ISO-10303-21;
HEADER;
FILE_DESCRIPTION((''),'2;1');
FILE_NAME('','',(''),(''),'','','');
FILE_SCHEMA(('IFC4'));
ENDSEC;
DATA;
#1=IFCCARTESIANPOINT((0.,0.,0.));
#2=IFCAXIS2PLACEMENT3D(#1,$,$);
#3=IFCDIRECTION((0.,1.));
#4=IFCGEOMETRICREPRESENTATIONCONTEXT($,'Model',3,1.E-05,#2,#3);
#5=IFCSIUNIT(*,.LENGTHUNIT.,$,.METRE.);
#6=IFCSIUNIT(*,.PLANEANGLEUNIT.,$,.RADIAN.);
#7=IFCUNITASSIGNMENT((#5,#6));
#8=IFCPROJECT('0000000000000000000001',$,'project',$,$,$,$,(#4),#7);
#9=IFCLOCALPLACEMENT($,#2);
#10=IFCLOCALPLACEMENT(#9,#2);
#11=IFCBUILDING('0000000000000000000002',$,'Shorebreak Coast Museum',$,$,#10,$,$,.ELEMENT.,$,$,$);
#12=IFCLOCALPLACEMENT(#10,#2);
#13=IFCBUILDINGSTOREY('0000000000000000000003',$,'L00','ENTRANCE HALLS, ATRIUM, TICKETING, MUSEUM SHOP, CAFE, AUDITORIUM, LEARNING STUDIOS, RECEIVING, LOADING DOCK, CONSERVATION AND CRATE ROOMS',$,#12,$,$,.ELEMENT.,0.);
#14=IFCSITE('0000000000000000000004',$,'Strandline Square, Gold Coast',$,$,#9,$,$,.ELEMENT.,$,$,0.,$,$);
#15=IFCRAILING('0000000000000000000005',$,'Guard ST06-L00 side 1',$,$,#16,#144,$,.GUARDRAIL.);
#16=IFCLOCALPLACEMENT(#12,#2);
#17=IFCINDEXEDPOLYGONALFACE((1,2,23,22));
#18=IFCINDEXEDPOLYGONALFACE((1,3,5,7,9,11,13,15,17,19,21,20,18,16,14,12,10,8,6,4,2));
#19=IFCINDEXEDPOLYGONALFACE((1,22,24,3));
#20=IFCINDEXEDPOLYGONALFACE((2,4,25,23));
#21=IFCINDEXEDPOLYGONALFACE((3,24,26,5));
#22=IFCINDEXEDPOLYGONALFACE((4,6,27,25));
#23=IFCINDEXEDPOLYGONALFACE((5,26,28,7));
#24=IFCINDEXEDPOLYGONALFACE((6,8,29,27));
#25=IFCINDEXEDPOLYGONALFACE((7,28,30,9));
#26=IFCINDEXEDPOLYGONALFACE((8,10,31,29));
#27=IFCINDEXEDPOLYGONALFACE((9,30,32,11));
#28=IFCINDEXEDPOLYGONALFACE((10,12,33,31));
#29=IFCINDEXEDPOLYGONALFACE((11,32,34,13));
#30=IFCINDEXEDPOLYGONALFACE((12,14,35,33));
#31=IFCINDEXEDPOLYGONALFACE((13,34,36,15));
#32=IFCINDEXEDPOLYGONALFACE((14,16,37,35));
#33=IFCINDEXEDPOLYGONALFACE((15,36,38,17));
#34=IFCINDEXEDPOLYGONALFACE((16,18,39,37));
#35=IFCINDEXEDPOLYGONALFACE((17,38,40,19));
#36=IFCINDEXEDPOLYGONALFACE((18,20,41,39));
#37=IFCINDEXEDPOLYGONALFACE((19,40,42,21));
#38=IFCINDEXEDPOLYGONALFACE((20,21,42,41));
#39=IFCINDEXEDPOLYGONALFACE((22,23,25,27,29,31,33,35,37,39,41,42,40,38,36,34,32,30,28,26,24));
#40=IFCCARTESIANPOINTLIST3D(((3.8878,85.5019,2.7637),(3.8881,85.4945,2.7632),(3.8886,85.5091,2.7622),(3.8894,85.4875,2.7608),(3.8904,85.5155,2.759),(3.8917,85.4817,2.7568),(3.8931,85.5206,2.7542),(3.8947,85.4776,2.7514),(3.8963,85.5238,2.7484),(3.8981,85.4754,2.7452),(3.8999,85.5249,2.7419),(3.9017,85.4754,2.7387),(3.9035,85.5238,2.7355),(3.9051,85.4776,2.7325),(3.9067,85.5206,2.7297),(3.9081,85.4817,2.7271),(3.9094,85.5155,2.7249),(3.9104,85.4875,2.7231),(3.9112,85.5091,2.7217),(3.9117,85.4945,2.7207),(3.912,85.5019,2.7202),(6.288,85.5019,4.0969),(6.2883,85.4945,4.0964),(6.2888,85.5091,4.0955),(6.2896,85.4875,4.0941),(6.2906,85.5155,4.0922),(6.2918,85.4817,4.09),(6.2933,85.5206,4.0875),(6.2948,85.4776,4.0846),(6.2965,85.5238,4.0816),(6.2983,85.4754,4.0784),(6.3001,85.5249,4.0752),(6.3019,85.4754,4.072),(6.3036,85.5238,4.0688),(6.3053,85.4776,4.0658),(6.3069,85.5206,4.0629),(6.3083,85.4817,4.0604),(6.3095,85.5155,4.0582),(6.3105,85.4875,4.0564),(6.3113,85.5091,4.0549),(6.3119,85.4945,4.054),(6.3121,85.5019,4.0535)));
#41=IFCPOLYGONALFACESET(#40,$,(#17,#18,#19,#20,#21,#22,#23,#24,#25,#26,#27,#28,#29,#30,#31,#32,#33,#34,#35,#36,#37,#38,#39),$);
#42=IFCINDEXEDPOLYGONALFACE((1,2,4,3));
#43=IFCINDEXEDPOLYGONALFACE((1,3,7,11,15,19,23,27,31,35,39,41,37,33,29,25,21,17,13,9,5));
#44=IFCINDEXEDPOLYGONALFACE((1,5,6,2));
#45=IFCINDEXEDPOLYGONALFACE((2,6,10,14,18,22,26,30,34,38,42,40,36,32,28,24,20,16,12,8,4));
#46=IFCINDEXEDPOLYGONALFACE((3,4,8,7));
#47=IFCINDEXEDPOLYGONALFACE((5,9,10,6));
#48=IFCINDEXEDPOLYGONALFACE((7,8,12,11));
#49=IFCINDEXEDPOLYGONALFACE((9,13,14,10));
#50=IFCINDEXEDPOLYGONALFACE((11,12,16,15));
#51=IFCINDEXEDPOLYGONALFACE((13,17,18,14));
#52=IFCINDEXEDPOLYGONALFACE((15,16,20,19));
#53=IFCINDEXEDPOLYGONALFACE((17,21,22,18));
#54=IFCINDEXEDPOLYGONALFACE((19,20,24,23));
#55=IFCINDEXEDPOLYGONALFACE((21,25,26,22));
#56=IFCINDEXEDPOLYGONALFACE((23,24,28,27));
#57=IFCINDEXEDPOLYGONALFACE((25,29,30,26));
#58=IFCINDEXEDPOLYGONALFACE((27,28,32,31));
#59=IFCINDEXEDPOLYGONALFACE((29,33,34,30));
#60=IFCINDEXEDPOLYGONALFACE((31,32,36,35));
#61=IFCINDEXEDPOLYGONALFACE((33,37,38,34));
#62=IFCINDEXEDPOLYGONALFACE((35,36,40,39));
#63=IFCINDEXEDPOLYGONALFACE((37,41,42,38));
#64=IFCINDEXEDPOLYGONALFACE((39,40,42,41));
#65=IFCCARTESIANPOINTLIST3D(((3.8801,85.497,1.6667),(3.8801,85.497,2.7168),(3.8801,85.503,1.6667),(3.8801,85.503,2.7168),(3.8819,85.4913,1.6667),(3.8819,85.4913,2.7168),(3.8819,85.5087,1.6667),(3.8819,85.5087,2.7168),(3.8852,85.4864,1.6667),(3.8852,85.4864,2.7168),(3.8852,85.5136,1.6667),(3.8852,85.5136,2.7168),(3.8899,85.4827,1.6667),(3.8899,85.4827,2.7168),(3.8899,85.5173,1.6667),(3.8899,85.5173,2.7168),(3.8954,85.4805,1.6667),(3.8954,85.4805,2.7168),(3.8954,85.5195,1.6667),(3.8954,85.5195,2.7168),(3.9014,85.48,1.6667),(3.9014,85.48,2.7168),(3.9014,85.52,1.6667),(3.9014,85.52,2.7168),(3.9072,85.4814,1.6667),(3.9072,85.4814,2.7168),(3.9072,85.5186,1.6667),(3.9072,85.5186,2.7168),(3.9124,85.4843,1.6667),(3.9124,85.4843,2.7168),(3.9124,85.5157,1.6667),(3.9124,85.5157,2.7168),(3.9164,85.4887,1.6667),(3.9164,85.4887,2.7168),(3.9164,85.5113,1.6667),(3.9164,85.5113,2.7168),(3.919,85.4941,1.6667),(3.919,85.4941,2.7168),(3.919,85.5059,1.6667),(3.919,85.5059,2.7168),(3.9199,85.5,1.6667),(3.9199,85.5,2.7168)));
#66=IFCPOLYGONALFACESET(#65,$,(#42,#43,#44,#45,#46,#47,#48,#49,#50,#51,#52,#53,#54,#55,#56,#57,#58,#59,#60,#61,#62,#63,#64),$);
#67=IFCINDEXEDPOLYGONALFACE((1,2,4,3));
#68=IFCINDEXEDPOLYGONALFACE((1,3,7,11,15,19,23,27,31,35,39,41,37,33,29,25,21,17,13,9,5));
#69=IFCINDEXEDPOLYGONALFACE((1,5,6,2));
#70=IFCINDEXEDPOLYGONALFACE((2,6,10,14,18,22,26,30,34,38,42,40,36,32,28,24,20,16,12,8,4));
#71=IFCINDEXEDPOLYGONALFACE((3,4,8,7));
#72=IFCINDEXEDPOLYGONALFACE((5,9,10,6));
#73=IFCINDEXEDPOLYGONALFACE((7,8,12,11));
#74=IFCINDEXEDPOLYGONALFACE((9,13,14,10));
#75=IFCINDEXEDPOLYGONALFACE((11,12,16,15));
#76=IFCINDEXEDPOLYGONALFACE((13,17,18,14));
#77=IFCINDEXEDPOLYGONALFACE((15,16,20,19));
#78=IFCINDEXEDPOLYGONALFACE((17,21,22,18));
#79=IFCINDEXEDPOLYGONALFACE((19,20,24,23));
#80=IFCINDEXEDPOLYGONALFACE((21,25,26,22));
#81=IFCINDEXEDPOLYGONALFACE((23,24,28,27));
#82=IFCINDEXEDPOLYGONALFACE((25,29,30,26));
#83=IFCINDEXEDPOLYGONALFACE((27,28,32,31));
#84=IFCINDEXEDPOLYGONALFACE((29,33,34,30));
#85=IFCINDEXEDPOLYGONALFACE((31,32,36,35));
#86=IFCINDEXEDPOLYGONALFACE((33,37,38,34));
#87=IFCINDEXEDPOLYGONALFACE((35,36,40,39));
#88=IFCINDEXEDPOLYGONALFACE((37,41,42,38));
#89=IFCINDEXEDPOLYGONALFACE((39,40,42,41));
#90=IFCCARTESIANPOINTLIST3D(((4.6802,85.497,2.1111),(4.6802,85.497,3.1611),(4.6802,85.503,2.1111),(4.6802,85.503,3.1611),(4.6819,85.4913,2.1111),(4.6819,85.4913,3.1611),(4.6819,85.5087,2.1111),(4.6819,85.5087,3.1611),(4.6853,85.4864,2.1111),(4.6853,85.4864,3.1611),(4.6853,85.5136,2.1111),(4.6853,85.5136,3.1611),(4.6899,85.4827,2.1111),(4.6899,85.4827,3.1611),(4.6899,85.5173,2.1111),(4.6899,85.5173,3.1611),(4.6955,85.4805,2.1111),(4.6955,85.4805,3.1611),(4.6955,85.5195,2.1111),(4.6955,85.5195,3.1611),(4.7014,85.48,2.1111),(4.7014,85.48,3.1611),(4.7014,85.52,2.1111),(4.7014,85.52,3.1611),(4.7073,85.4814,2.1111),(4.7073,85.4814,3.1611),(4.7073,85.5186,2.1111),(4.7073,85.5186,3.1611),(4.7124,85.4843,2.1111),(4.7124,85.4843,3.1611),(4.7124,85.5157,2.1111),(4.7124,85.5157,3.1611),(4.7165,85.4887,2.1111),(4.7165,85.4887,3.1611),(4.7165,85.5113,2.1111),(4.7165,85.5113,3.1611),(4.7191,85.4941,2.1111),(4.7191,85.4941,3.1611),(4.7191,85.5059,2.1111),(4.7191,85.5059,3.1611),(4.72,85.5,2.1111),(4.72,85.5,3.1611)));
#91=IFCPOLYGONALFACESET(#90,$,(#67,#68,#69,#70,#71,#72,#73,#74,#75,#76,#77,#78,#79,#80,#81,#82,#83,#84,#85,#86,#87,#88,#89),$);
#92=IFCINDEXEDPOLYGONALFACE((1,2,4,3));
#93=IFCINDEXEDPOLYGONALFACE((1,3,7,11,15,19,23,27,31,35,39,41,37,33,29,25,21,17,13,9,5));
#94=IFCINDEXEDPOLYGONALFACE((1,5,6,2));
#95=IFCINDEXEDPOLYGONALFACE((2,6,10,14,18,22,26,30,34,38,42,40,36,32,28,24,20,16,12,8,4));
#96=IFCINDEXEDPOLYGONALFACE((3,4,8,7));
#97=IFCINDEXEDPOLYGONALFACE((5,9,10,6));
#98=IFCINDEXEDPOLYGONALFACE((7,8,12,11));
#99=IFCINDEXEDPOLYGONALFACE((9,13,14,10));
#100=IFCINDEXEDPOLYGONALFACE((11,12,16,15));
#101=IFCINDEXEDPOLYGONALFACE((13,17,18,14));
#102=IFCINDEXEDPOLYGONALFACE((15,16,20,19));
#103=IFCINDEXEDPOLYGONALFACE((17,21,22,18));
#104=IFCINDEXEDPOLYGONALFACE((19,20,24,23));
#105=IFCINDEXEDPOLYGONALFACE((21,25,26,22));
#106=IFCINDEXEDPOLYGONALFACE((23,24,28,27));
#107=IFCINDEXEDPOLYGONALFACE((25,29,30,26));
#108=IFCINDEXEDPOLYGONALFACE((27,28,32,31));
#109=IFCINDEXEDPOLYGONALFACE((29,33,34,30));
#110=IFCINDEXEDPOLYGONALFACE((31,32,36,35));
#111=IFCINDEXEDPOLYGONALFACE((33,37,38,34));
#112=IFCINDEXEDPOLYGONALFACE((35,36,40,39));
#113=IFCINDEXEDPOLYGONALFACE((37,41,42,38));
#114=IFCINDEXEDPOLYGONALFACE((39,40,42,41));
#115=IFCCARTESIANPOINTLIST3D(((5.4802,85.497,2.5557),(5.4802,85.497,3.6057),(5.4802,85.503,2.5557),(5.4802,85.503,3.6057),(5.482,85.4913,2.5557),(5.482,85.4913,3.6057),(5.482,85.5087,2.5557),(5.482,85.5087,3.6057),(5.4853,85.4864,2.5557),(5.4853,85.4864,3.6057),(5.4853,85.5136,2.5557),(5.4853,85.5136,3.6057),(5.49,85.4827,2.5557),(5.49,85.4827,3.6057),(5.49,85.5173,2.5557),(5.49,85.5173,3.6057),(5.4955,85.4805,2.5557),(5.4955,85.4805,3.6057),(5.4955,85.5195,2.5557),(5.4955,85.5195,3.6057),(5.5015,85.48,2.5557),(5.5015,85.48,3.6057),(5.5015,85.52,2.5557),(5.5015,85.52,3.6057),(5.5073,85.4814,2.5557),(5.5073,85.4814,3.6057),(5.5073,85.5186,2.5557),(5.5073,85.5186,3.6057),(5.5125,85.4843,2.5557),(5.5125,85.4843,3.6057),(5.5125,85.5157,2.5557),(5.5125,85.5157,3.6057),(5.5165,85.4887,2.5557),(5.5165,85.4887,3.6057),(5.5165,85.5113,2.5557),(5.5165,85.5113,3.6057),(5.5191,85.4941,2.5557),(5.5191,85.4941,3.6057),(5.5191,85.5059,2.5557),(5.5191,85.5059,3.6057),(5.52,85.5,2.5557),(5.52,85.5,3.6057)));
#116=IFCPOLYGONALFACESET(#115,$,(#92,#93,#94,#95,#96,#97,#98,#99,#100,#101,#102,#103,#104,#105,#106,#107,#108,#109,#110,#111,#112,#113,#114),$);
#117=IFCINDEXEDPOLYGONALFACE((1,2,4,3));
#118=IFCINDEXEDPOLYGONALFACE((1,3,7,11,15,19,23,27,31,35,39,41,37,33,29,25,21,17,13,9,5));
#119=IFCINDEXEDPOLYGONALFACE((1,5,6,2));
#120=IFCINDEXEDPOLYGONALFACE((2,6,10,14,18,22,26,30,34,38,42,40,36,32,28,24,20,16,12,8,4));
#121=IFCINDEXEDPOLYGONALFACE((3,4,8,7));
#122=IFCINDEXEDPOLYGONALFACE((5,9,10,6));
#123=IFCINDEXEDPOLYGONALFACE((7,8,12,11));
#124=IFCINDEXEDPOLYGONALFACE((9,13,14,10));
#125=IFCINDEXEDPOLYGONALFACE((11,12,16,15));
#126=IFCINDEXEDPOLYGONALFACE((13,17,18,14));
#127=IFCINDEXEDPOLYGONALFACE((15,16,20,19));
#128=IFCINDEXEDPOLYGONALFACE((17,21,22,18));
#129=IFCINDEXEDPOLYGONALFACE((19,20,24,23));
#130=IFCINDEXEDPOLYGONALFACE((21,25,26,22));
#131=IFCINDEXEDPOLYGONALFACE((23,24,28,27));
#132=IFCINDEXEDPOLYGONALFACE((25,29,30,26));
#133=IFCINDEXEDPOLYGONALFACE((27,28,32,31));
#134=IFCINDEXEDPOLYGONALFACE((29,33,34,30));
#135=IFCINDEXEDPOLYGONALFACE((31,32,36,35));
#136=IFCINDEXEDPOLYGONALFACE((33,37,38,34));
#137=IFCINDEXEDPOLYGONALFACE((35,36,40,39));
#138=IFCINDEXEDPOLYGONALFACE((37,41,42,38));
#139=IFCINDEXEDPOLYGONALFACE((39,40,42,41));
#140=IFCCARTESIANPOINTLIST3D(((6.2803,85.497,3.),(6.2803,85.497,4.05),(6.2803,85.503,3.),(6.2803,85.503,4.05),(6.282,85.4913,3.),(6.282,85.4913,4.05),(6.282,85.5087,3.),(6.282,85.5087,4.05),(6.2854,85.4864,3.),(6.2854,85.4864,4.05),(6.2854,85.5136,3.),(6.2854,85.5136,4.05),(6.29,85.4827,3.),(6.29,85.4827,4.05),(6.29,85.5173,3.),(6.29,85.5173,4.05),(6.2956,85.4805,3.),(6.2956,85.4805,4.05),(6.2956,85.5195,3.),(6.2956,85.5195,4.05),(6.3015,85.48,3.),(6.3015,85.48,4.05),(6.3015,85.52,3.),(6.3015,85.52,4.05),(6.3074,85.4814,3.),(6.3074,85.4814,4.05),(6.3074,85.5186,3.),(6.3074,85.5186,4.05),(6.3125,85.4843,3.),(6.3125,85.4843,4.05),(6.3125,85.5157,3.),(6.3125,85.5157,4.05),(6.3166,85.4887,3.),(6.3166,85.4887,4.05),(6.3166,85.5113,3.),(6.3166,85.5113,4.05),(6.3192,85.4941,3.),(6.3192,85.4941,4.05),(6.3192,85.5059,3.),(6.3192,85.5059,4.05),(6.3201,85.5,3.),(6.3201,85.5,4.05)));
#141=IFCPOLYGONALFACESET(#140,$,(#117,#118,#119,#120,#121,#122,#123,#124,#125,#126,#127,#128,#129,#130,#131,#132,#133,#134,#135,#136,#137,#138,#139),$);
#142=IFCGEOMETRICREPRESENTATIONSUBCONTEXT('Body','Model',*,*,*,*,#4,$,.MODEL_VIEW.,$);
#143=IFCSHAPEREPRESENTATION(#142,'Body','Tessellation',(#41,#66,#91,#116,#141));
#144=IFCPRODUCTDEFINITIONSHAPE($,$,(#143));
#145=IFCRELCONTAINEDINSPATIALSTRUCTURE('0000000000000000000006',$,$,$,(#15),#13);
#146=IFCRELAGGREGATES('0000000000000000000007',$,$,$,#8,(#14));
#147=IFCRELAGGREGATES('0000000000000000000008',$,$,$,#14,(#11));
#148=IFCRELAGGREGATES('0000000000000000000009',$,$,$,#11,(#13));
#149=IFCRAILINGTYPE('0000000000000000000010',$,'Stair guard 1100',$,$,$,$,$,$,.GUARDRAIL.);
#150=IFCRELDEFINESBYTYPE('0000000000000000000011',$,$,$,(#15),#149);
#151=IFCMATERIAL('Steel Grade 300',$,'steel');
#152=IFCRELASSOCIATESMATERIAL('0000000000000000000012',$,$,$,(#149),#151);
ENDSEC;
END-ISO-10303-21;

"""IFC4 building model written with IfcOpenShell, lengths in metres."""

from ifc_helpers import new_model, si_unit, direction, frame, origin, origin_2d, place, context, subcontext, project, spatial, circle, extrude, material, type_object, element, save


model = new_model("IFC4")

# Units and contexts
model_context = context("Model", 3, precision=1e-05, world=origin(), true_north=direction((0.0, 1.0)))
body_context = subcontext(model_context, "Body", "Model", "MODEL_VIEW")
ifc_project = project(units=[si_unit("LENGTHUNIT", "METRE"), si_unit("PLANEANGLEUNIT", "RADIAN")], contexts=[model_context])

# Site, building, storey
site_placement = place(None, origin())
site = spatial("IfcSite", under=ifc_project, at=site_placement, Name="Strandline Square, Gold Coast", CompositionType="ELEMENT", RefElevation=0.0)
building_placement = place(site_placement, origin())
building = spatial("IfcBuilding", under=site, at=building_placement, Name="Shorebreak Coast Museum", CompositionType="ELEMENT")
storey_placement = place(building_placement, origin())
storey = spatial("IfcBuildingStorey", under=building, at=storey_placement, Name="L00", Description="ENTRANCE HALLS, ATRIUM, TICKETING, MUSEUM SHOP, CAFE, AUDITORIUM, LEARNING STUDIOS, RECEIVING, LOADING DOCK, CONSERVATION AND CRATE ROOMS", CompositionType="ELEMENT", Elevation=0.0)

# Railing
ifc_material_1 = material(Name="Steel Grade 300", Category="steel")
railing_type_1 = type_object("IfcRailingType", Name="Stair guard 1100", PredefinedType="GUARDRAIL", material=ifc_material_1)
for number, where, name in (
    (1, (3.8999, 85.5, 1.6667), "Guard ST06-L00 side 1"),
):
    element("IfcRailing", number, at=place(storey_placement, frame(where)), inside=storey, type_object=railing_type_1, Name=name, PredefinedType="GUARDRAIL", context=body_context, shape_type="SweptSolid", body=[
        extrude(circle(Radius=0.0249, at=origin_2d()), frame((0.0, 0.0, 1.0752), z_axis=(0.874182, 0.0, 0.485598), x_axis=(0.0, 1.0, 0.0)), (0.0, 0.0, 1.0), 2.7456),
        extrude(circle(Radius=0.02, at=origin_2d()), origin(), (0.0, 0.0, 1.0), 1.05),
        extrude(circle(Radius=0.02, at=origin_2d()), frame((0.8, 0.0, 0.4443)), (0.0, 0.0, 1.0), 1.05),
        extrude(circle(Radius=0.02, at=origin_2d()), frame((1.6001, 0.0, 0.8889)), (0.0, 0.0, 1.0), 1.05),
        extrude(circle(Radius=0.02, at=origin_2d()), frame((2.4001, 0.0, 1.3333)), (0.0, 0.0, 1.0), 1.05),
    ])

save(model, "model.ifc")
